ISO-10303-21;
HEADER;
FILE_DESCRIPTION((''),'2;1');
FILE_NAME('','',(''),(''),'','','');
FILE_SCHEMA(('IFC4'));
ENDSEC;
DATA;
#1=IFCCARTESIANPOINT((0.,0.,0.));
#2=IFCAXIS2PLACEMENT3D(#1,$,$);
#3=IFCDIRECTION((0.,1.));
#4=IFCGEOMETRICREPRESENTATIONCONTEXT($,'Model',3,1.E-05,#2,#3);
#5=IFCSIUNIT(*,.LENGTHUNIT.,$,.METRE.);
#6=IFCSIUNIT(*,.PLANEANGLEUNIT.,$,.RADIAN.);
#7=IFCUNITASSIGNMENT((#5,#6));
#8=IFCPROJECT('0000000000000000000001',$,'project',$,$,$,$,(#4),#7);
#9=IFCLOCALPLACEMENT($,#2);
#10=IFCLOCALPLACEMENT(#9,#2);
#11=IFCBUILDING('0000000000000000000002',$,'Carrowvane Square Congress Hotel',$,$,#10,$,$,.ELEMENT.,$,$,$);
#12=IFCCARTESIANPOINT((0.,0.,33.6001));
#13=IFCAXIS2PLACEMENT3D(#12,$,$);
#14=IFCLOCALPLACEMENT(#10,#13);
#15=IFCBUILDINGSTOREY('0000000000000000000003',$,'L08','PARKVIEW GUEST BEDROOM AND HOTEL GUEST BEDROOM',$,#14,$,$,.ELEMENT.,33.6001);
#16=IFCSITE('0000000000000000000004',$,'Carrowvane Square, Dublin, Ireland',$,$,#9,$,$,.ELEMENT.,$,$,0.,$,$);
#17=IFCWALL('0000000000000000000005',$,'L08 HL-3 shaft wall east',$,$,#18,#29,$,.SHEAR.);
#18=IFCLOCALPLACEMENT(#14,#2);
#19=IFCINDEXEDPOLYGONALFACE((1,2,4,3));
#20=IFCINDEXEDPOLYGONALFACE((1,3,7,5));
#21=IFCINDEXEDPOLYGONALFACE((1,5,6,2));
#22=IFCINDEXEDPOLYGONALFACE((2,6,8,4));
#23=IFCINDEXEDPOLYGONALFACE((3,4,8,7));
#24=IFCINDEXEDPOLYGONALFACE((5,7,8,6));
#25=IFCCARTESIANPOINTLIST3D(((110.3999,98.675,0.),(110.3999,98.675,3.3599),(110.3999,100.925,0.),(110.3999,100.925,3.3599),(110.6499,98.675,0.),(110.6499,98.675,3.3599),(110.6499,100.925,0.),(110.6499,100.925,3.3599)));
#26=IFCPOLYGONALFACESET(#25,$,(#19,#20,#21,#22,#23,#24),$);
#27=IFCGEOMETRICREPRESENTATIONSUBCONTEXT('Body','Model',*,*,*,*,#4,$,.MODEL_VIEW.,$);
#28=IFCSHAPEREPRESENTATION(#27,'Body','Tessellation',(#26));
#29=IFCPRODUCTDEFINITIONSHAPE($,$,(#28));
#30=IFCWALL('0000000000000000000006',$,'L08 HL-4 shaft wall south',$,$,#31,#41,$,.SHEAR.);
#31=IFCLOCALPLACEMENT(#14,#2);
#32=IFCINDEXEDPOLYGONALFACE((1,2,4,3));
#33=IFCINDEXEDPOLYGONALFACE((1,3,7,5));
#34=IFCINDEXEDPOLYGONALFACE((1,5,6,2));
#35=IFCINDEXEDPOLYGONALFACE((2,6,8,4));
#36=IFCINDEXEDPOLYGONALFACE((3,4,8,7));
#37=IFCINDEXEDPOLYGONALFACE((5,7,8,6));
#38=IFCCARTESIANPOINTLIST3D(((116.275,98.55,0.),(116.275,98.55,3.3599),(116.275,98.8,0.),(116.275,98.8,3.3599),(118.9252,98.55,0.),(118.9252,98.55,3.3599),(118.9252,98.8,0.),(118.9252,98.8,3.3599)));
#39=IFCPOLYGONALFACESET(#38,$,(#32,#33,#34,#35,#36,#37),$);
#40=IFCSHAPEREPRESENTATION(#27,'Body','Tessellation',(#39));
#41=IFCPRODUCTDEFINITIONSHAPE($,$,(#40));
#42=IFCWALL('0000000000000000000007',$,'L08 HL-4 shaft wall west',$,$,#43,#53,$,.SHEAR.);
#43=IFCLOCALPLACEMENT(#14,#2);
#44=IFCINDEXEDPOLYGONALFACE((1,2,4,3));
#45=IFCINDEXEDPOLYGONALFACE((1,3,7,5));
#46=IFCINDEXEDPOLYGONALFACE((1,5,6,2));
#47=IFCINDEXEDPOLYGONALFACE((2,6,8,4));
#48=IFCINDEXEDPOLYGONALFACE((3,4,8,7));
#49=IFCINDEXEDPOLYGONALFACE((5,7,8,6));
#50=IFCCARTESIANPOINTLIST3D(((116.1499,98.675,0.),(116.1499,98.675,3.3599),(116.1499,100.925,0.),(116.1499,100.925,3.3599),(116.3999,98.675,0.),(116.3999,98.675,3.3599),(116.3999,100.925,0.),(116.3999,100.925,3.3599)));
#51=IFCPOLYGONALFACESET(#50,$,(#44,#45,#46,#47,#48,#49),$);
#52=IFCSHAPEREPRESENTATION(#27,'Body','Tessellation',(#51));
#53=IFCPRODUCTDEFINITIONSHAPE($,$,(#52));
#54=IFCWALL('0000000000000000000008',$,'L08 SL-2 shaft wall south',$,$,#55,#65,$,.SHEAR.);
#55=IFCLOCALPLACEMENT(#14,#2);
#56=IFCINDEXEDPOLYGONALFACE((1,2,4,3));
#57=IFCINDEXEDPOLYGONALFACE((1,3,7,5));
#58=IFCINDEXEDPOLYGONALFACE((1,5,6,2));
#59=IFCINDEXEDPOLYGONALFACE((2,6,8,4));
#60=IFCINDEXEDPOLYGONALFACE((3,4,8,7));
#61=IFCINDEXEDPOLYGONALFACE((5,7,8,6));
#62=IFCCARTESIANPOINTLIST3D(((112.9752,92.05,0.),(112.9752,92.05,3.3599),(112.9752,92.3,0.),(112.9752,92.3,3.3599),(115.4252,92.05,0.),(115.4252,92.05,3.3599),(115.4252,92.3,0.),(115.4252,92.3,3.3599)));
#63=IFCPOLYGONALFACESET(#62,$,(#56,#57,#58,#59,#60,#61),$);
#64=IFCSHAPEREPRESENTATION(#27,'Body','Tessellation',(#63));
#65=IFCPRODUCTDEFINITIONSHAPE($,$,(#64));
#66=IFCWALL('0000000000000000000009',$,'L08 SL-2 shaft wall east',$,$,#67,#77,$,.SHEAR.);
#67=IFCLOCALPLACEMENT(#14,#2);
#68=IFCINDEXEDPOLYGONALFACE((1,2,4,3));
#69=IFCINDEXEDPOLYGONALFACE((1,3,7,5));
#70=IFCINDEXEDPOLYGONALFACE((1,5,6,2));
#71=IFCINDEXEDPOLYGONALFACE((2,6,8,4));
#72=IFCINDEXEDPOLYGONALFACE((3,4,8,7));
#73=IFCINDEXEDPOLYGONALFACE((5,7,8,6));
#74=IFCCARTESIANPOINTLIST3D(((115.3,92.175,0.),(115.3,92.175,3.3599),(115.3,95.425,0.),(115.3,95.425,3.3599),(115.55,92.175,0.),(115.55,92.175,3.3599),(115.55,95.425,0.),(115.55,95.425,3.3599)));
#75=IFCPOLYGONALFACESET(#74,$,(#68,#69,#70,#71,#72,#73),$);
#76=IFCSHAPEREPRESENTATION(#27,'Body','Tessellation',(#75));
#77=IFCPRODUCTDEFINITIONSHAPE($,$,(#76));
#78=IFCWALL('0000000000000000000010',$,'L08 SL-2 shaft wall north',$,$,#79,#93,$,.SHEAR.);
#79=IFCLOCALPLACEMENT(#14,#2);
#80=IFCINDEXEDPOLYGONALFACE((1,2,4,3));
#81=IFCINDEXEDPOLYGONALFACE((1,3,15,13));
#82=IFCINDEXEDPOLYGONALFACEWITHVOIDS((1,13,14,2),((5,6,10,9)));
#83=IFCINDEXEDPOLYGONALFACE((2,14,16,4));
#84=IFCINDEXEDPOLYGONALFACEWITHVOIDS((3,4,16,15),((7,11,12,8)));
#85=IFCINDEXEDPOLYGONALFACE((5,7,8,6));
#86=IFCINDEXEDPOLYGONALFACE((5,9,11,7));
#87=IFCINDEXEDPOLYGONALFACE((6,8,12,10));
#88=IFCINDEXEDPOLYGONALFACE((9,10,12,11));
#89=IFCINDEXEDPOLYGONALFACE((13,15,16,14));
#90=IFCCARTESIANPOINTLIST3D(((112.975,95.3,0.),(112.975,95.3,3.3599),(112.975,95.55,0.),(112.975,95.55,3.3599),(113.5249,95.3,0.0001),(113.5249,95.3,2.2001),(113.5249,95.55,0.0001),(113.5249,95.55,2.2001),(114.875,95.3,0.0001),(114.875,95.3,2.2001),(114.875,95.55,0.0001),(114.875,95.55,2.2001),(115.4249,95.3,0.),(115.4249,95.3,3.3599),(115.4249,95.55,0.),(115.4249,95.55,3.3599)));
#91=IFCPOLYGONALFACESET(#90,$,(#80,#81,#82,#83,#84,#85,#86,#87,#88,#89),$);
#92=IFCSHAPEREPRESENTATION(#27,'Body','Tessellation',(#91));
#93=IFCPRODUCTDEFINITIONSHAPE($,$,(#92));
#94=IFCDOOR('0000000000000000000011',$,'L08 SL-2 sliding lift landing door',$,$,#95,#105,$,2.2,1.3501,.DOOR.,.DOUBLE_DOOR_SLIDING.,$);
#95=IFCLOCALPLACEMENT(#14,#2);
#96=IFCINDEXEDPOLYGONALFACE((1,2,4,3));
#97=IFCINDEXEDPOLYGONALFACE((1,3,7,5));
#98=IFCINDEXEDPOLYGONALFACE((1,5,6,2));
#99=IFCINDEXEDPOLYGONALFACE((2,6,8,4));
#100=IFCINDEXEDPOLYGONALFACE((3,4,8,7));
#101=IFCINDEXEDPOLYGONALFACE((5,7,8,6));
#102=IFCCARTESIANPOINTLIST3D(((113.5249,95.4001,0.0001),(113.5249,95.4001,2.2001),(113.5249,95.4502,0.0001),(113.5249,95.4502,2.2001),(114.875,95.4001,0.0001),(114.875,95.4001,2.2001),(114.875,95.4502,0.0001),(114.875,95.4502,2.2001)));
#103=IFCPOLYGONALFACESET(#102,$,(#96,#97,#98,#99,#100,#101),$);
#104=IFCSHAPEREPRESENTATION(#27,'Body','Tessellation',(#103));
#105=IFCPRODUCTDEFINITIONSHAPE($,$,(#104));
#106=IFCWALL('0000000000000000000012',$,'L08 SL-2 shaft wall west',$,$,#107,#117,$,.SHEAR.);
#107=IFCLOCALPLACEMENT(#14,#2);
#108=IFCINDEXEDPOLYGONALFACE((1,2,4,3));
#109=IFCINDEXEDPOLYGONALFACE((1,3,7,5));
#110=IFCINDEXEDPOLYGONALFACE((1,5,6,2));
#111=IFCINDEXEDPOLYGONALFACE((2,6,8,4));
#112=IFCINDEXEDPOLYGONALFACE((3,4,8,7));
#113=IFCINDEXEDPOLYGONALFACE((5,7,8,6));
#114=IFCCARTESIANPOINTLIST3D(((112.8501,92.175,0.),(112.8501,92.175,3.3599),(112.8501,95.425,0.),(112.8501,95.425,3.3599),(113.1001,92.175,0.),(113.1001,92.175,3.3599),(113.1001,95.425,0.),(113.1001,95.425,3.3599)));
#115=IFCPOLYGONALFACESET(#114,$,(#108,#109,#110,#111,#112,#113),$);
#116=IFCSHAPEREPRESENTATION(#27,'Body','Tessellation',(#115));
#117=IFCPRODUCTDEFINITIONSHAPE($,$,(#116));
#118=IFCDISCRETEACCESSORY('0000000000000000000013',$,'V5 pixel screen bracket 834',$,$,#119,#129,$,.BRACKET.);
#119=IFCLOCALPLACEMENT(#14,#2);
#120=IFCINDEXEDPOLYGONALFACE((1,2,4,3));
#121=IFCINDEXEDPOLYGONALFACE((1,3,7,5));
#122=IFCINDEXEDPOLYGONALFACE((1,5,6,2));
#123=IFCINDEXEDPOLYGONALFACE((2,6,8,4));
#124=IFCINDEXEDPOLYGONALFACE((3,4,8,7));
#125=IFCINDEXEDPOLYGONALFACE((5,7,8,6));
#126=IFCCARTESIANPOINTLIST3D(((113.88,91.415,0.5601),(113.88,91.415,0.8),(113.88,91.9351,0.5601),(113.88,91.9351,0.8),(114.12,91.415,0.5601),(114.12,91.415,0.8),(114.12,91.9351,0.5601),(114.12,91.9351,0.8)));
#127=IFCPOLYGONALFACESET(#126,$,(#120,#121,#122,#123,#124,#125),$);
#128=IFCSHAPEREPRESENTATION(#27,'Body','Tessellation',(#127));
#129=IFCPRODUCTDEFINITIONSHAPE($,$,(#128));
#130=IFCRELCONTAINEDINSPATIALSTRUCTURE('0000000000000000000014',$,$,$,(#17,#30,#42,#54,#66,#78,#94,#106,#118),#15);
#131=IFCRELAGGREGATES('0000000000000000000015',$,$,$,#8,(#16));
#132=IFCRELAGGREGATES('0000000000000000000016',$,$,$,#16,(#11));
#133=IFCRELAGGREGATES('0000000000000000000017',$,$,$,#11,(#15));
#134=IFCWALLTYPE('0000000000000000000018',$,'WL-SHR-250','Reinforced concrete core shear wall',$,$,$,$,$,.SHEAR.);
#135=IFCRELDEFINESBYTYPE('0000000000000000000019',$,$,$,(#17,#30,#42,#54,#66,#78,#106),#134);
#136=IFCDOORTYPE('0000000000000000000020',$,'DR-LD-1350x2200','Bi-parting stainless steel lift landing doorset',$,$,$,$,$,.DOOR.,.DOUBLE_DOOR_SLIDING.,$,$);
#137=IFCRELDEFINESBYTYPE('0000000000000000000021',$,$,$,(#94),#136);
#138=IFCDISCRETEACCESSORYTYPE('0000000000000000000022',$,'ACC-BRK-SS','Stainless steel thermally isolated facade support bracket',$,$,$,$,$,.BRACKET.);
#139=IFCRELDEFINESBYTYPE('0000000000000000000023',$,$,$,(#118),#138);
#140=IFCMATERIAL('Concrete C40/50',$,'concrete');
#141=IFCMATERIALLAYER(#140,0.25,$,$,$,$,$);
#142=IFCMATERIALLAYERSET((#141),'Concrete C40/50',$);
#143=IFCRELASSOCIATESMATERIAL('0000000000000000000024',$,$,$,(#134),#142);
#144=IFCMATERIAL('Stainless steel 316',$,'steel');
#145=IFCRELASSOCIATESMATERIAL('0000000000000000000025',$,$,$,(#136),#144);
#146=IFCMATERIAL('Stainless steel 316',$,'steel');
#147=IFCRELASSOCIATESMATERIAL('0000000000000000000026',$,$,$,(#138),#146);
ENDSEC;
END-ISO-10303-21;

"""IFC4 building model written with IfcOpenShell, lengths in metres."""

from ifc_helpers import new_model, si_unit, direction, frame, frame_2d, origin, origin_2d, place, context, subcontext, project, spatial, rectangle, extrude, material, layer, layer_set, type_object, element, fill, save


model = new_model("IFC4")

# Units and contexts
model_context = context("Model", 3, precision=1e-05, world=origin(), true_north=direction((0.0, 1.0)))
body_context = subcontext(model_context, "Body", "Model", "MODEL_VIEW")
ifc_project = project(units=[si_unit("LENGTHUNIT", "METRE"), si_unit("PLANEANGLEUNIT", "RADIAN")], contexts=[model_context])

# Site, building, storey
site_placement = place(None, origin())
site = spatial("IfcSite", under=ifc_project, at=site_placement, Name="Carrowvane Square, Dublin, Ireland", CompositionType="ELEMENT", RefElevation=0.0)
building_placement = place(site_placement, origin())
building = spatial("IfcBuilding", under=site, at=building_placement, Name="Carrowvane Square Congress Hotel", CompositionType="ELEMENT")
storey_placement = place(building_placement, frame((0.0, 0.0, 33.6001)))
storey = spatial("IfcBuildingStorey", under=building, at=storey_placement, Name="L08", Description="PARKVIEW GUEST BEDROOM AND HOTEL GUEST BEDROOM", CompositionType="ELEMENT", Elevation=33.6001)

# Wall
ifc_material_1 = material(Name="Concrete C40/50", Category="concrete")
ifc_layer_1 = layer(ifc_material_1, 0.25)
ifc_layer_set_1 = layer_set([ifc_layer_1], Name="Concrete C40/50")
wall_type_1 = type_object("IfcWallType", Name="WL-SHR-250", Description="Reinforced concrete core shear wall", PredefinedType="SHEAR", material=ifc_layer_set_1)
wall_1_placement = place(storey_placement, frame((110.5249, 98.675, 0.0), z_axis=(0.0, 0.0, 1.0), x_axis=(0.0, 1.0, 0.0)))
element("IfcWall", 1, at=wall_1_placement, inside=storey, type_object=wall_type_1, Name="L08 HL-3 shaft wall east", PredefinedType="SHEAR", context=body_context, shape_type="SweptSolid", body=[
    extrude(rectangle(XDim=2.25, YDim=0.25, at=frame_2d((1.125, 0.0))), origin(), (0.0, 0.0, 1.0), 3.3599),
])

# Walls
wall_2_placement = place(storey_placement, frame((116.2749, 98.675, 0.0), z_axis=(0.0, 0.0, 1.0), x_axis=(1.0, 0.0, 0.0)))
element("IfcWall", 2, at=wall_2_placement, inside=storey, type_object=wall_type_1, Name="L08 HL-4 shaft wall south", PredefinedType="SHEAR", context=body_context, shape_type="SweptSolid", body=[
    extrude(rectangle(XDim=2.6501, YDim=0.25, at=frame_2d((1.3252, 0.0))), origin(), (0.0, 0.0, 1.0), 3.3599),
])
wall_3_placement = place(storey_placement, frame((116.2749, 100.925, 0.0), z_axis=(0.0, 0.0, 1.0), x_axis=(0.0, -1.0, 0.0)))
element("IfcWall", 3, at=wall_3_placement, inside=storey, type_object=wall_type_1, Name="L08 HL-4 shaft wall west", PredefinedType="SHEAR", context=body_context, shape_type="SweptSolid", body=[
    extrude(rectangle(XDim=2.25, YDim=0.25, at=frame_2d((1.125, 0.0))), origin(), (0.0, 0.0, 1.0), 3.3599),
])
wall_4_placement = place(storey_placement, frame((112.9751, 92.175, 0.0), z_axis=(0.0, 0.0, 1.0), x_axis=(1.0, 0.0, 0.0)))
element("IfcWall", 4, at=wall_4_placement, inside=storey, type_object=wall_type_1, Name="L08 SL-2 shaft wall south", PredefinedType="SHEAR", context=body_context, shape_type="SweptSolid", body=[
    extrude(rectangle(XDim=2.45, YDim=0.25, at=frame_2d((1.2251, 0.0))), origin(), (0.0, 0.0, 1.0), 3.3599),
])
wall_5_placement = place(storey_placement, frame((115.425, 92.175, 0.0), z_axis=(0.0, 0.0, 1.0), x_axis=(0.0, 1.0, 0.0)))
element("IfcWall", 5, at=wall_5_placement, inside=storey, type_object=wall_type_1, Name="L08 SL-2 shaft wall east", PredefinedType="SHEAR", context=body_context, shape_type="SweptSolid", body=[
    extrude(rectangle(XDim=3.25, YDim=0.25, at=frame_2d((1.625, 0.0))), origin(), (0.0, 0.0, 1.0), 3.3599),
])

# Wall, opening, door
wall_6_placement = place(storey_placement, frame((115.425, 95.425, 0.0), z_axis=(0.0, 0.0, 1.0), x_axis=(-1.0, 0.0, 0.0)))
wall_6 = element("IfcWall", 6, at=wall_6_placement, inside=storey, type_object=wall_type_1, Name="L08 SL-2 shaft wall north", PredefinedType="SHEAR", context=body_context, shape_type="SweptSolid", body=[
    extrude(rectangle(XDim=2.45, YDim=0.25, at=frame_2d((1.2251, 0.0))), origin(), (0.0, 0.0, 1.0), 3.3599),
])
opening_1_placement = place(wall_6_placement, frame((0.55, 0.0, 0.0)))
opening_1 = element("IfcOpeningElement", 7, at=opening_1_placement, cuts=wall_6, PredefinedType="OPENING", context=body_context, shape_type="SweptSolid", body=[
    extrude(rectangle(XDim=1.3501, YDim=2.2, at=frame_2d((0.675, 1.1001))), frame((0.0, 0.135, 0.0), z_axis=(0.0, -1.0, 0.0), x_axis=(1.0, 0.0, 0.0)), (0.0, 0.0, 1.0), 0.27),
])
ifc_material_2 = material(Name="Stainless steel 316", Category="steel")
door_type_1 = type_object("IfcDoorType", Name="DR-LD-1350x2200", Description="Bi-parting stainless steel lift landing doorset", OperationType="DOUBLE_DOOR_SLIDING", PredefinedType="DOOR", material=ifc_material_2)
door_1_placement = place(opening_1_placement, origin())
door_1 = element("IfcDoor", 8, at=door_1_placement, inside=storey, type_object=door_type_1, Name="L08 SL-2 sliding lift landing door", OperationType="DOUBLE_DOOR_SLIDING", OverallHeight=2.2, OverallWidth=1.3501, PredefinedType="DOOR", context=body_context, shape_type="SweptSolid", body=[
    extrude(rectangle(XDim=1.3501, YDim=2.2, at=frame_2d((0.675, 1.1001))), frame((0.0, 0.0249, 0.0), z_axis=(0.0, -1.0, 0.0), x_axis=(1.0, 0.0, 0.0)), (0.0, 0.0, 1.0), 0.05),
])
fill(opening_1, door_1)

# Wall
wall_7_placement = place(storey_placement, frame((112.9751, 95.425, 0.0), z_axis=(0.0, 0.0, 1.0), x_axis=(0.0, -1.0, 0.0)))
element("IfcWall", 9, at=wall_7_placement, inside=storey, type_object=wall_type_1, Name="L08 SL-2 shaft wall west", PredefinedType="SHEAR", context=body_context, shape_type="SweptSolid", body=[
    extrude(rectangle(XDim=3.25, YDim=0.25, at=frame_2d((1.625, 0.0))), origin(), (0.0, 0.0, 1.0), 3.3599),
])

# Discrete accessory
ifc_material_3 = material(Name="Stainless steel 316", Category="steel")
discrete_accessory_type = type_object("IfcDiscreteAccessoryType", Name="ACC-BRK-SS", Description="Stainless steel thermally isolated facade support bracket", PredefinedType="BRACKET", material=ifc_material_3)
discrete_accessory_placement = place(storey_placement, frame((114.0, 91.675, 0.5601), z_axis=(0.0, 0.0, 1.0), x_axis=(-1.0, 0.0, 0.0)))
element("IfcDiscreteAccessory", 10, at=discrete_accessory_placement, inside=storey, type_object=discrete_accessory_type, Name="V5 pixel screen bracket 834", PredefinedType="BRACKET", context=body_context, shape_type="SweptSolid", body=[
    extrude(rectangle(XDim=0.24, YDim=0.52, at=origin_2d()), origin(), (0.0, 0.0, 1.0), 0.24),
])

save(model, "model.ifc")
